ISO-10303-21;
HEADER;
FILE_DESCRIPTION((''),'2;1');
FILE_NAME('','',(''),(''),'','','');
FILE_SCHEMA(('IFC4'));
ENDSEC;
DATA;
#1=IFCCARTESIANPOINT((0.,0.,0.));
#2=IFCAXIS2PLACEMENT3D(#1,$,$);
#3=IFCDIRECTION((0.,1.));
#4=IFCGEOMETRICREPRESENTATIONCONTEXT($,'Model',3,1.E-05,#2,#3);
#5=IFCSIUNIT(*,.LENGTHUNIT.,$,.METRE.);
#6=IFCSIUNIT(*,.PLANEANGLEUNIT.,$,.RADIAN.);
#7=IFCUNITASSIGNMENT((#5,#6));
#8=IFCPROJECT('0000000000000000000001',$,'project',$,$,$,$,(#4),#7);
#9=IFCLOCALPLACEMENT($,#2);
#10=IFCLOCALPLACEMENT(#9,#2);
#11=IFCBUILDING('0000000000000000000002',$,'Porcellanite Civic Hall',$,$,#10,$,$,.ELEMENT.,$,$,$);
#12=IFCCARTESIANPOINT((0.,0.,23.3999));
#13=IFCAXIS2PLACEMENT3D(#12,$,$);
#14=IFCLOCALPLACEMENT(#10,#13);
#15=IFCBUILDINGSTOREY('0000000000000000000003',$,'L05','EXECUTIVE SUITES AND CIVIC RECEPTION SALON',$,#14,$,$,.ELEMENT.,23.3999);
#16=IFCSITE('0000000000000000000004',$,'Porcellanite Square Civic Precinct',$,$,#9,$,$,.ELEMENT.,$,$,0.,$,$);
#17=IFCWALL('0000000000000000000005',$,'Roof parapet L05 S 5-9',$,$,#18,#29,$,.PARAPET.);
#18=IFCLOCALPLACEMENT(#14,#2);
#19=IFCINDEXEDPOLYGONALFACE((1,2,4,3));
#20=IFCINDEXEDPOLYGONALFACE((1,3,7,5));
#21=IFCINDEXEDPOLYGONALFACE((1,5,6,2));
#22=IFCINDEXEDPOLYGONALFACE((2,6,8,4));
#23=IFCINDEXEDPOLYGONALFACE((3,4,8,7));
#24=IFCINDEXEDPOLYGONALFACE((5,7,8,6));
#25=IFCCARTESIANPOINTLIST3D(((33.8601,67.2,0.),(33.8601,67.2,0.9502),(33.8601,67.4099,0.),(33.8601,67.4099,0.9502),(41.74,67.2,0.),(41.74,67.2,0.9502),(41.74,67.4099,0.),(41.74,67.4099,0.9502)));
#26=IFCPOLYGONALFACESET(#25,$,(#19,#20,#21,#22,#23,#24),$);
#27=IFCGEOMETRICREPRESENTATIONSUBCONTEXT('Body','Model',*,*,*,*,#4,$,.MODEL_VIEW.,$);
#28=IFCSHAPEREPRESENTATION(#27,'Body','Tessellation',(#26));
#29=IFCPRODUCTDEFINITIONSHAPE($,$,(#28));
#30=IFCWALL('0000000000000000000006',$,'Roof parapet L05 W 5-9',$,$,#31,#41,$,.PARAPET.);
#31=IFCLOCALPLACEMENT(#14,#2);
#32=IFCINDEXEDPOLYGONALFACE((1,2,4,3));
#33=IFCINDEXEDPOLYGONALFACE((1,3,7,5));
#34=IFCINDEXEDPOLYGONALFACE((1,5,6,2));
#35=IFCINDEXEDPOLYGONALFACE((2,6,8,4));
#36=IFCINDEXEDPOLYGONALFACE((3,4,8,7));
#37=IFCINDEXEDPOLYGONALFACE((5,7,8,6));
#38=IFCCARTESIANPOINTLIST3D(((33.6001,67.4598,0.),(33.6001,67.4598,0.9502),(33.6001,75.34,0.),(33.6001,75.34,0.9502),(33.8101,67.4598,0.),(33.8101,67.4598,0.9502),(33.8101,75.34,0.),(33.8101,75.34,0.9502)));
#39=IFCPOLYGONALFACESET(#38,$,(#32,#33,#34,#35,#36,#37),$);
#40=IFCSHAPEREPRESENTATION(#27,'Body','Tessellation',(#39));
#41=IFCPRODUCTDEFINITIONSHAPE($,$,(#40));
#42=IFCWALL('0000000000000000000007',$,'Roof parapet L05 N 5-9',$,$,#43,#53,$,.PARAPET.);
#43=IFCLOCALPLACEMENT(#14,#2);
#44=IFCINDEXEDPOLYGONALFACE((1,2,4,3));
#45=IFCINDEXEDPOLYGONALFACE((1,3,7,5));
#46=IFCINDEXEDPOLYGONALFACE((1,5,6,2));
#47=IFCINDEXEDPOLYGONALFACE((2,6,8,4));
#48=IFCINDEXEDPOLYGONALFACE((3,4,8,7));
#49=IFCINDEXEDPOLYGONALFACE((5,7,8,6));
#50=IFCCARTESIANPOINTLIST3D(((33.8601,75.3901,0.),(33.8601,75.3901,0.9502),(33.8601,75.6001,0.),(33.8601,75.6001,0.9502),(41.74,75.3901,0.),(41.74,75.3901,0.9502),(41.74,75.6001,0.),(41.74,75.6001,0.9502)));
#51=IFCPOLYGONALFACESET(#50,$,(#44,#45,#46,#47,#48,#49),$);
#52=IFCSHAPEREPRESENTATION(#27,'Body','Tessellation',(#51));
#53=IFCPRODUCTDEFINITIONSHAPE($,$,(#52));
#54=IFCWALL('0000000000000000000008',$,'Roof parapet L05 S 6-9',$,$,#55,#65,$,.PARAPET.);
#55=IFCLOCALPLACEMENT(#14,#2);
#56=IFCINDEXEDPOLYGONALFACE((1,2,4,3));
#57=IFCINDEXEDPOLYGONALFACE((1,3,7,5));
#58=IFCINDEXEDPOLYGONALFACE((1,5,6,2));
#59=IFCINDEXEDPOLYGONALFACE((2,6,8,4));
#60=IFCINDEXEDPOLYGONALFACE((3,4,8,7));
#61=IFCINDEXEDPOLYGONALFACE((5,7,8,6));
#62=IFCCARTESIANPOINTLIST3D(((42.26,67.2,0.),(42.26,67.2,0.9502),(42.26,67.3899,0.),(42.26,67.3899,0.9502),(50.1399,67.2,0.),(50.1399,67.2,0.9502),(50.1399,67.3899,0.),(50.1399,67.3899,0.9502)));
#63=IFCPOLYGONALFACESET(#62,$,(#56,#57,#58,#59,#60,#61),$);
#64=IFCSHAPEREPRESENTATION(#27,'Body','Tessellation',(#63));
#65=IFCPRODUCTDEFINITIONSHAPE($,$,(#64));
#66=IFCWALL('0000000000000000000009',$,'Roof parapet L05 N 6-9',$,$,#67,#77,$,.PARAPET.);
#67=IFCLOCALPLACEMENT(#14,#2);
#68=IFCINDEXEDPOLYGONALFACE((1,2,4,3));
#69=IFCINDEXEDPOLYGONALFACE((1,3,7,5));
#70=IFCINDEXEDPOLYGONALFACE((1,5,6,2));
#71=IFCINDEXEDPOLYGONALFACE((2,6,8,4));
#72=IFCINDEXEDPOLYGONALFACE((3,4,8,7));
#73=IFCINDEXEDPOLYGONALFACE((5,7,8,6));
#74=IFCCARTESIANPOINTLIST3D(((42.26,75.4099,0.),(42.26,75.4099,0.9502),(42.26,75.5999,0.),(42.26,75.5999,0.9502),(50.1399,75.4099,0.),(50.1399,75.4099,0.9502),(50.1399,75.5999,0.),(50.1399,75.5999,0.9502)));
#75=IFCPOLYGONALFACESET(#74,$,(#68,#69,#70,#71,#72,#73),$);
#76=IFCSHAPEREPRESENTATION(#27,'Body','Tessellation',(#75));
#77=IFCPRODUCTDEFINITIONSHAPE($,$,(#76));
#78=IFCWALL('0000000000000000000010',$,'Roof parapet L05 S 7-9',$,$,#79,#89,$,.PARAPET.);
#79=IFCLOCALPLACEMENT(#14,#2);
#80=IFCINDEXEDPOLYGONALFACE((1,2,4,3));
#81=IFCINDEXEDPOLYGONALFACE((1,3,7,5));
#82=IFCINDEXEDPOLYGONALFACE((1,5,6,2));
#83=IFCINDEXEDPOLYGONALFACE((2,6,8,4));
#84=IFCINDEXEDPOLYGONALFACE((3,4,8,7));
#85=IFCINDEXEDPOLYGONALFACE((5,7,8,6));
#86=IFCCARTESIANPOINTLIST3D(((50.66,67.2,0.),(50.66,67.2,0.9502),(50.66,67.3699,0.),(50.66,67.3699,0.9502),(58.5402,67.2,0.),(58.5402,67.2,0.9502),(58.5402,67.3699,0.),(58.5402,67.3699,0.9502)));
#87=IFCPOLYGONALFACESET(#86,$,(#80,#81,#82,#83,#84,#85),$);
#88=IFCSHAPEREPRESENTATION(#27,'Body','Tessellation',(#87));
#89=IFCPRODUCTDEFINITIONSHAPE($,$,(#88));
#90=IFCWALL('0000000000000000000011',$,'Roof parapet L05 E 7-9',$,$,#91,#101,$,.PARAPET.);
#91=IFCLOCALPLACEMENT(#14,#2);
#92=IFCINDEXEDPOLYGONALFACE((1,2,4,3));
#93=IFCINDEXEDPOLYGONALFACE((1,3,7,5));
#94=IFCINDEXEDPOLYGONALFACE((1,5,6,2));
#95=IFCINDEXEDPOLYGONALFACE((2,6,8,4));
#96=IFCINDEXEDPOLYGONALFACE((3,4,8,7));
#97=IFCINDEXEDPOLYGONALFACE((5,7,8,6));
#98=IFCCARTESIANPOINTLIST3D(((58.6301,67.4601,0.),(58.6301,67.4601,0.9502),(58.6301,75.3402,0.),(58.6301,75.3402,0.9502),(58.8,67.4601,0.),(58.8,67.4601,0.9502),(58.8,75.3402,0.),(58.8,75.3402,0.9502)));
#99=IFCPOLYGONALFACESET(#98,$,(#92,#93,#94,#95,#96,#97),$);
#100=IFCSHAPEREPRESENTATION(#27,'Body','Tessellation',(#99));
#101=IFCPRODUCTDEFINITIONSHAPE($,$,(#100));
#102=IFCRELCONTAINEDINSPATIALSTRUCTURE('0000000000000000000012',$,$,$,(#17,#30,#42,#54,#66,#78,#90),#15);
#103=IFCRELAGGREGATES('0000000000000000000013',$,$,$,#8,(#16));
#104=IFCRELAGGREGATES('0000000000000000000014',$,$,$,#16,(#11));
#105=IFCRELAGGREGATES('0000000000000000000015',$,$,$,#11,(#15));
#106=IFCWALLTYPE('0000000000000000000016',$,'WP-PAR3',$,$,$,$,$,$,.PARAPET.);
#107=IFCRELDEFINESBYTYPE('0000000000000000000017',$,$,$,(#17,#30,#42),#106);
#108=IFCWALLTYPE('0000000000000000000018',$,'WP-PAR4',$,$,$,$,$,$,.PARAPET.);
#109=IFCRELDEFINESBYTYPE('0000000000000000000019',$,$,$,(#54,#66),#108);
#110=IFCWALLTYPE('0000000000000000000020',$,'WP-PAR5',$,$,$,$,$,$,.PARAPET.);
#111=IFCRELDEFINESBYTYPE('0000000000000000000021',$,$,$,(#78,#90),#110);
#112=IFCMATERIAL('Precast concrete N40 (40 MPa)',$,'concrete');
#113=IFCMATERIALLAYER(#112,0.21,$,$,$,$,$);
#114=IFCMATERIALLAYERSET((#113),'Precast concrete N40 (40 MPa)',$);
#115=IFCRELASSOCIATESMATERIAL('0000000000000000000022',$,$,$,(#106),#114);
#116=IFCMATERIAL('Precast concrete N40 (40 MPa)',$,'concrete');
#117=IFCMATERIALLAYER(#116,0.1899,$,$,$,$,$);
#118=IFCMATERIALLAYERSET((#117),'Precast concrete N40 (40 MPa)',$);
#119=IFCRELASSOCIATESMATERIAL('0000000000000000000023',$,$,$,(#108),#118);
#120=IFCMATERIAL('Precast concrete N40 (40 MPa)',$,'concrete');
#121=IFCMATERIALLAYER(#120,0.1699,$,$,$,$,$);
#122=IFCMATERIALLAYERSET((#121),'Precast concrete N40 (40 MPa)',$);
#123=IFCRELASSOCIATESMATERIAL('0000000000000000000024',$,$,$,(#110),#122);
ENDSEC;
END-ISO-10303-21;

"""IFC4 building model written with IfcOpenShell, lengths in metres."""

from ifc_helpers import new_model, si_unit, direction, frame, frame_2d, origin, place, context, subcontext, project, spatial, rectangle, extrude, material, layer, layer_set, type_object, element, save


model = new_model("IFC4")

# Units and contexts
model_context = context("Model", 3, precision=1e-05, world=origin(), true_north=direction((0.0, 1.0)))
body_context = subcontext(model_context, "Body", "Model", "MODEL_VIEW")
ifc_project = project(units=[si_unit("LENGTHUNIT", "METRE"), si_unit("PLANEANGLEUNIT", "RADIAN")], contexts=[model_context])

# Site, building, storey
site_placement = place(None, origin())
site = spatial("IfcSite", under=ifc_project, at=site_placement, Name="Porcellanite Square Civic Precinct", CompositionType="ELEMENT", RefElevation=0.0)
building_placement = place(site_placement, origin())
building = spatial("IfcBuilding", under=site, at=building_placement, Name="Porcellanite Civic Hall", CompositionType="ELEMENT")
storey_placement = place(building_placement, frame((0.0, 0.0, 23.3999)))
storey = spatial("IfcBuildingStorey", under=building, at=storey_placement, Name="L05", Description="EXECUTIVE SUITES AND CIVIC RECEPTION SALON", CompositionType="ELEMENT", Elevation=23.3999)

# Walls
ifc_material_1 = material(Name="Precast concrete N40 (40 MPa)", Category="concrete")
ifc_layer_1 = layer(ifc_material_1, 0.21)
ifc_layer_set_1 = layer_set([ifc_layer_1], Name="Precast concrete N40 (40 MPa)")
wall_type_1 = type_object("IfcWallType", Name="WP-PAR3", PredefinedType="PARAPET", material=ifc_layer_set_1)
wall_1_placement = place(storey_placement, frame((41.74, 67.3049, 0.0), z_axis=(0.0, 0.0, 1.0), x_axis=(-1.0, 0.0, 0.0)))
element("IfcWall", 1, at=wall_1_placement, inside=storey, type_object=wall_type_1, Name="Roof parapet L05 S 5-9", PredefinedType="PARAPET", context=body_context, shape_type="SweptSolid", body=[
    extrude(rectangle(XDim=7.8799, YDim=0.21, at=frame_2d((3.9399, 0.0))), origin(), (0.0, 0.0, 1.0), 0.9502),
])
wall_2_placement = place(storey_placement, frame((33.7051, 67.46, 0.0), z_axis=(0.0, 0.0, 1.0), x_axis=(0.0, 1.0, 0.0)))
element("IfcWall", 2, at=wall_2_placement, inside=storey, type_object=wall_type_1, Name="Roof parapet L05 W 5-9", PredefinedType="PARAPET", context=body_context, shape_type="SweptSolid", body=[
    extrude(rectangle(XDim=7.8801, YDim=0.21, at=frame_2d((3.9399, 0.0))), origin(), (0.0, 0.0, 1.0), 0.9502),
])
wall_3_placement = place(storey_placement, frame((33.8601, 75.4951, 0.0), z_axis=(0.0, 0.0, 1.0), x_axis=(1.0, 0.0, 0.0)))
element("IfcWall", 3, at=wall_3_placement, inside=storey, type_object=wall_type_1, Name="Roof parapet L05 N 5-9", PredefinedType="PARAPET", context=body_context, shape_type="SweptSolid", body=[
    extrude(rectangle(XDim=7.8799, YDim=0.21, at=frame_2d((3.9399, 0.0))), origin(), (0.0, 0.0, 1.0), 0.9502),
])
ifc_material_2 = material(Name="Precast concrete N40 (40 MPa)", Category="concrete")
ifc_layer_2 = layer(ifc_material_2, 0.1899)
ifc_layer_set_2 = layer_set([ifc_layer_2], Name="Precast concrete N40 (40 MPa)")
wall_type_2 = type_object("IfcWallType", Name="WP-PAR4", PredefinedType="PARAPET", material=ifc_layer_set_2)
for number, where, z_axis, x_axis, name in (
    (4, (50.1399, 67.2949, 0.0), (0.0, 0.0, 1.0), (-1.0, 0.0, 0.0), "Roof parapet L05 S 6-9"),
    (5, (42.26, 75.5049, 0.0), (0.0, 0.0, 1.0), (1.0, 0.0, 0.0), "Roof parapet L05 N 6-9"),
):
    element("IfcWall", number, at=place(storey_placement, frame(where, z_axis=z_axis, x_axis=x_axis)), inside=storey, type_object=wall_type_2, Name=name, PredefinedType="PARAPET", context=body_context, shape_type="SweptSolid", body=[
        extrude(rectangle(XDim=7.8799, YDim=0.1899, at=frame_2d((3.9399, 0.0))), origin(), (0.0, 0.0, 1.0), 0.9502),
    ])
ifc_material_3 = material(Name="Precast concrete N40 (40 MPa)", Category="concrete")
ifc_layer_3 = layer(ifc_material_3, 0.1699)
ifc_layer_set_3 = layer_set([ifc_layer_3], Name="Precast concrete N40 (40 MPa)")
wall_type_3 = type_object("IfcWallType", Name="WP-PAR5", PredefinedType="PARAPET", material=ifc_layer_set_3)
for number, where, z_axis, x_axis, name in (
    (6, (58.54, 67.2849, 0.0), (0.0, 0.0, 1.0), (-1.0, 0.0, 0.0), "Roof parapet L05 S 7-9"),
    (7, (58.7151, 75.3401, 0.0), (0.0, 0.0, 1.0), (0.0, -1.0, 0.0), "Roof parapet L05 E 7-9"),
):
    element("IfcWall", number, at=place(storey_placement, frame(where, z_axis=z_axis, x_axis=x_axis)), inside=storey, type_object=wall_type_3, Name=name, PredefinedType="PARAPET", context=body_context, shape_type="SweptSolid", body=[
        extrude(rectangle(XDim=7.8801, YDim=0.1699, at=frame_2d((3.9399, 0.0))), origin(), (0.0, 0.0, 1.0), 0.9502),
    ])

save(model, "model.ifc")
